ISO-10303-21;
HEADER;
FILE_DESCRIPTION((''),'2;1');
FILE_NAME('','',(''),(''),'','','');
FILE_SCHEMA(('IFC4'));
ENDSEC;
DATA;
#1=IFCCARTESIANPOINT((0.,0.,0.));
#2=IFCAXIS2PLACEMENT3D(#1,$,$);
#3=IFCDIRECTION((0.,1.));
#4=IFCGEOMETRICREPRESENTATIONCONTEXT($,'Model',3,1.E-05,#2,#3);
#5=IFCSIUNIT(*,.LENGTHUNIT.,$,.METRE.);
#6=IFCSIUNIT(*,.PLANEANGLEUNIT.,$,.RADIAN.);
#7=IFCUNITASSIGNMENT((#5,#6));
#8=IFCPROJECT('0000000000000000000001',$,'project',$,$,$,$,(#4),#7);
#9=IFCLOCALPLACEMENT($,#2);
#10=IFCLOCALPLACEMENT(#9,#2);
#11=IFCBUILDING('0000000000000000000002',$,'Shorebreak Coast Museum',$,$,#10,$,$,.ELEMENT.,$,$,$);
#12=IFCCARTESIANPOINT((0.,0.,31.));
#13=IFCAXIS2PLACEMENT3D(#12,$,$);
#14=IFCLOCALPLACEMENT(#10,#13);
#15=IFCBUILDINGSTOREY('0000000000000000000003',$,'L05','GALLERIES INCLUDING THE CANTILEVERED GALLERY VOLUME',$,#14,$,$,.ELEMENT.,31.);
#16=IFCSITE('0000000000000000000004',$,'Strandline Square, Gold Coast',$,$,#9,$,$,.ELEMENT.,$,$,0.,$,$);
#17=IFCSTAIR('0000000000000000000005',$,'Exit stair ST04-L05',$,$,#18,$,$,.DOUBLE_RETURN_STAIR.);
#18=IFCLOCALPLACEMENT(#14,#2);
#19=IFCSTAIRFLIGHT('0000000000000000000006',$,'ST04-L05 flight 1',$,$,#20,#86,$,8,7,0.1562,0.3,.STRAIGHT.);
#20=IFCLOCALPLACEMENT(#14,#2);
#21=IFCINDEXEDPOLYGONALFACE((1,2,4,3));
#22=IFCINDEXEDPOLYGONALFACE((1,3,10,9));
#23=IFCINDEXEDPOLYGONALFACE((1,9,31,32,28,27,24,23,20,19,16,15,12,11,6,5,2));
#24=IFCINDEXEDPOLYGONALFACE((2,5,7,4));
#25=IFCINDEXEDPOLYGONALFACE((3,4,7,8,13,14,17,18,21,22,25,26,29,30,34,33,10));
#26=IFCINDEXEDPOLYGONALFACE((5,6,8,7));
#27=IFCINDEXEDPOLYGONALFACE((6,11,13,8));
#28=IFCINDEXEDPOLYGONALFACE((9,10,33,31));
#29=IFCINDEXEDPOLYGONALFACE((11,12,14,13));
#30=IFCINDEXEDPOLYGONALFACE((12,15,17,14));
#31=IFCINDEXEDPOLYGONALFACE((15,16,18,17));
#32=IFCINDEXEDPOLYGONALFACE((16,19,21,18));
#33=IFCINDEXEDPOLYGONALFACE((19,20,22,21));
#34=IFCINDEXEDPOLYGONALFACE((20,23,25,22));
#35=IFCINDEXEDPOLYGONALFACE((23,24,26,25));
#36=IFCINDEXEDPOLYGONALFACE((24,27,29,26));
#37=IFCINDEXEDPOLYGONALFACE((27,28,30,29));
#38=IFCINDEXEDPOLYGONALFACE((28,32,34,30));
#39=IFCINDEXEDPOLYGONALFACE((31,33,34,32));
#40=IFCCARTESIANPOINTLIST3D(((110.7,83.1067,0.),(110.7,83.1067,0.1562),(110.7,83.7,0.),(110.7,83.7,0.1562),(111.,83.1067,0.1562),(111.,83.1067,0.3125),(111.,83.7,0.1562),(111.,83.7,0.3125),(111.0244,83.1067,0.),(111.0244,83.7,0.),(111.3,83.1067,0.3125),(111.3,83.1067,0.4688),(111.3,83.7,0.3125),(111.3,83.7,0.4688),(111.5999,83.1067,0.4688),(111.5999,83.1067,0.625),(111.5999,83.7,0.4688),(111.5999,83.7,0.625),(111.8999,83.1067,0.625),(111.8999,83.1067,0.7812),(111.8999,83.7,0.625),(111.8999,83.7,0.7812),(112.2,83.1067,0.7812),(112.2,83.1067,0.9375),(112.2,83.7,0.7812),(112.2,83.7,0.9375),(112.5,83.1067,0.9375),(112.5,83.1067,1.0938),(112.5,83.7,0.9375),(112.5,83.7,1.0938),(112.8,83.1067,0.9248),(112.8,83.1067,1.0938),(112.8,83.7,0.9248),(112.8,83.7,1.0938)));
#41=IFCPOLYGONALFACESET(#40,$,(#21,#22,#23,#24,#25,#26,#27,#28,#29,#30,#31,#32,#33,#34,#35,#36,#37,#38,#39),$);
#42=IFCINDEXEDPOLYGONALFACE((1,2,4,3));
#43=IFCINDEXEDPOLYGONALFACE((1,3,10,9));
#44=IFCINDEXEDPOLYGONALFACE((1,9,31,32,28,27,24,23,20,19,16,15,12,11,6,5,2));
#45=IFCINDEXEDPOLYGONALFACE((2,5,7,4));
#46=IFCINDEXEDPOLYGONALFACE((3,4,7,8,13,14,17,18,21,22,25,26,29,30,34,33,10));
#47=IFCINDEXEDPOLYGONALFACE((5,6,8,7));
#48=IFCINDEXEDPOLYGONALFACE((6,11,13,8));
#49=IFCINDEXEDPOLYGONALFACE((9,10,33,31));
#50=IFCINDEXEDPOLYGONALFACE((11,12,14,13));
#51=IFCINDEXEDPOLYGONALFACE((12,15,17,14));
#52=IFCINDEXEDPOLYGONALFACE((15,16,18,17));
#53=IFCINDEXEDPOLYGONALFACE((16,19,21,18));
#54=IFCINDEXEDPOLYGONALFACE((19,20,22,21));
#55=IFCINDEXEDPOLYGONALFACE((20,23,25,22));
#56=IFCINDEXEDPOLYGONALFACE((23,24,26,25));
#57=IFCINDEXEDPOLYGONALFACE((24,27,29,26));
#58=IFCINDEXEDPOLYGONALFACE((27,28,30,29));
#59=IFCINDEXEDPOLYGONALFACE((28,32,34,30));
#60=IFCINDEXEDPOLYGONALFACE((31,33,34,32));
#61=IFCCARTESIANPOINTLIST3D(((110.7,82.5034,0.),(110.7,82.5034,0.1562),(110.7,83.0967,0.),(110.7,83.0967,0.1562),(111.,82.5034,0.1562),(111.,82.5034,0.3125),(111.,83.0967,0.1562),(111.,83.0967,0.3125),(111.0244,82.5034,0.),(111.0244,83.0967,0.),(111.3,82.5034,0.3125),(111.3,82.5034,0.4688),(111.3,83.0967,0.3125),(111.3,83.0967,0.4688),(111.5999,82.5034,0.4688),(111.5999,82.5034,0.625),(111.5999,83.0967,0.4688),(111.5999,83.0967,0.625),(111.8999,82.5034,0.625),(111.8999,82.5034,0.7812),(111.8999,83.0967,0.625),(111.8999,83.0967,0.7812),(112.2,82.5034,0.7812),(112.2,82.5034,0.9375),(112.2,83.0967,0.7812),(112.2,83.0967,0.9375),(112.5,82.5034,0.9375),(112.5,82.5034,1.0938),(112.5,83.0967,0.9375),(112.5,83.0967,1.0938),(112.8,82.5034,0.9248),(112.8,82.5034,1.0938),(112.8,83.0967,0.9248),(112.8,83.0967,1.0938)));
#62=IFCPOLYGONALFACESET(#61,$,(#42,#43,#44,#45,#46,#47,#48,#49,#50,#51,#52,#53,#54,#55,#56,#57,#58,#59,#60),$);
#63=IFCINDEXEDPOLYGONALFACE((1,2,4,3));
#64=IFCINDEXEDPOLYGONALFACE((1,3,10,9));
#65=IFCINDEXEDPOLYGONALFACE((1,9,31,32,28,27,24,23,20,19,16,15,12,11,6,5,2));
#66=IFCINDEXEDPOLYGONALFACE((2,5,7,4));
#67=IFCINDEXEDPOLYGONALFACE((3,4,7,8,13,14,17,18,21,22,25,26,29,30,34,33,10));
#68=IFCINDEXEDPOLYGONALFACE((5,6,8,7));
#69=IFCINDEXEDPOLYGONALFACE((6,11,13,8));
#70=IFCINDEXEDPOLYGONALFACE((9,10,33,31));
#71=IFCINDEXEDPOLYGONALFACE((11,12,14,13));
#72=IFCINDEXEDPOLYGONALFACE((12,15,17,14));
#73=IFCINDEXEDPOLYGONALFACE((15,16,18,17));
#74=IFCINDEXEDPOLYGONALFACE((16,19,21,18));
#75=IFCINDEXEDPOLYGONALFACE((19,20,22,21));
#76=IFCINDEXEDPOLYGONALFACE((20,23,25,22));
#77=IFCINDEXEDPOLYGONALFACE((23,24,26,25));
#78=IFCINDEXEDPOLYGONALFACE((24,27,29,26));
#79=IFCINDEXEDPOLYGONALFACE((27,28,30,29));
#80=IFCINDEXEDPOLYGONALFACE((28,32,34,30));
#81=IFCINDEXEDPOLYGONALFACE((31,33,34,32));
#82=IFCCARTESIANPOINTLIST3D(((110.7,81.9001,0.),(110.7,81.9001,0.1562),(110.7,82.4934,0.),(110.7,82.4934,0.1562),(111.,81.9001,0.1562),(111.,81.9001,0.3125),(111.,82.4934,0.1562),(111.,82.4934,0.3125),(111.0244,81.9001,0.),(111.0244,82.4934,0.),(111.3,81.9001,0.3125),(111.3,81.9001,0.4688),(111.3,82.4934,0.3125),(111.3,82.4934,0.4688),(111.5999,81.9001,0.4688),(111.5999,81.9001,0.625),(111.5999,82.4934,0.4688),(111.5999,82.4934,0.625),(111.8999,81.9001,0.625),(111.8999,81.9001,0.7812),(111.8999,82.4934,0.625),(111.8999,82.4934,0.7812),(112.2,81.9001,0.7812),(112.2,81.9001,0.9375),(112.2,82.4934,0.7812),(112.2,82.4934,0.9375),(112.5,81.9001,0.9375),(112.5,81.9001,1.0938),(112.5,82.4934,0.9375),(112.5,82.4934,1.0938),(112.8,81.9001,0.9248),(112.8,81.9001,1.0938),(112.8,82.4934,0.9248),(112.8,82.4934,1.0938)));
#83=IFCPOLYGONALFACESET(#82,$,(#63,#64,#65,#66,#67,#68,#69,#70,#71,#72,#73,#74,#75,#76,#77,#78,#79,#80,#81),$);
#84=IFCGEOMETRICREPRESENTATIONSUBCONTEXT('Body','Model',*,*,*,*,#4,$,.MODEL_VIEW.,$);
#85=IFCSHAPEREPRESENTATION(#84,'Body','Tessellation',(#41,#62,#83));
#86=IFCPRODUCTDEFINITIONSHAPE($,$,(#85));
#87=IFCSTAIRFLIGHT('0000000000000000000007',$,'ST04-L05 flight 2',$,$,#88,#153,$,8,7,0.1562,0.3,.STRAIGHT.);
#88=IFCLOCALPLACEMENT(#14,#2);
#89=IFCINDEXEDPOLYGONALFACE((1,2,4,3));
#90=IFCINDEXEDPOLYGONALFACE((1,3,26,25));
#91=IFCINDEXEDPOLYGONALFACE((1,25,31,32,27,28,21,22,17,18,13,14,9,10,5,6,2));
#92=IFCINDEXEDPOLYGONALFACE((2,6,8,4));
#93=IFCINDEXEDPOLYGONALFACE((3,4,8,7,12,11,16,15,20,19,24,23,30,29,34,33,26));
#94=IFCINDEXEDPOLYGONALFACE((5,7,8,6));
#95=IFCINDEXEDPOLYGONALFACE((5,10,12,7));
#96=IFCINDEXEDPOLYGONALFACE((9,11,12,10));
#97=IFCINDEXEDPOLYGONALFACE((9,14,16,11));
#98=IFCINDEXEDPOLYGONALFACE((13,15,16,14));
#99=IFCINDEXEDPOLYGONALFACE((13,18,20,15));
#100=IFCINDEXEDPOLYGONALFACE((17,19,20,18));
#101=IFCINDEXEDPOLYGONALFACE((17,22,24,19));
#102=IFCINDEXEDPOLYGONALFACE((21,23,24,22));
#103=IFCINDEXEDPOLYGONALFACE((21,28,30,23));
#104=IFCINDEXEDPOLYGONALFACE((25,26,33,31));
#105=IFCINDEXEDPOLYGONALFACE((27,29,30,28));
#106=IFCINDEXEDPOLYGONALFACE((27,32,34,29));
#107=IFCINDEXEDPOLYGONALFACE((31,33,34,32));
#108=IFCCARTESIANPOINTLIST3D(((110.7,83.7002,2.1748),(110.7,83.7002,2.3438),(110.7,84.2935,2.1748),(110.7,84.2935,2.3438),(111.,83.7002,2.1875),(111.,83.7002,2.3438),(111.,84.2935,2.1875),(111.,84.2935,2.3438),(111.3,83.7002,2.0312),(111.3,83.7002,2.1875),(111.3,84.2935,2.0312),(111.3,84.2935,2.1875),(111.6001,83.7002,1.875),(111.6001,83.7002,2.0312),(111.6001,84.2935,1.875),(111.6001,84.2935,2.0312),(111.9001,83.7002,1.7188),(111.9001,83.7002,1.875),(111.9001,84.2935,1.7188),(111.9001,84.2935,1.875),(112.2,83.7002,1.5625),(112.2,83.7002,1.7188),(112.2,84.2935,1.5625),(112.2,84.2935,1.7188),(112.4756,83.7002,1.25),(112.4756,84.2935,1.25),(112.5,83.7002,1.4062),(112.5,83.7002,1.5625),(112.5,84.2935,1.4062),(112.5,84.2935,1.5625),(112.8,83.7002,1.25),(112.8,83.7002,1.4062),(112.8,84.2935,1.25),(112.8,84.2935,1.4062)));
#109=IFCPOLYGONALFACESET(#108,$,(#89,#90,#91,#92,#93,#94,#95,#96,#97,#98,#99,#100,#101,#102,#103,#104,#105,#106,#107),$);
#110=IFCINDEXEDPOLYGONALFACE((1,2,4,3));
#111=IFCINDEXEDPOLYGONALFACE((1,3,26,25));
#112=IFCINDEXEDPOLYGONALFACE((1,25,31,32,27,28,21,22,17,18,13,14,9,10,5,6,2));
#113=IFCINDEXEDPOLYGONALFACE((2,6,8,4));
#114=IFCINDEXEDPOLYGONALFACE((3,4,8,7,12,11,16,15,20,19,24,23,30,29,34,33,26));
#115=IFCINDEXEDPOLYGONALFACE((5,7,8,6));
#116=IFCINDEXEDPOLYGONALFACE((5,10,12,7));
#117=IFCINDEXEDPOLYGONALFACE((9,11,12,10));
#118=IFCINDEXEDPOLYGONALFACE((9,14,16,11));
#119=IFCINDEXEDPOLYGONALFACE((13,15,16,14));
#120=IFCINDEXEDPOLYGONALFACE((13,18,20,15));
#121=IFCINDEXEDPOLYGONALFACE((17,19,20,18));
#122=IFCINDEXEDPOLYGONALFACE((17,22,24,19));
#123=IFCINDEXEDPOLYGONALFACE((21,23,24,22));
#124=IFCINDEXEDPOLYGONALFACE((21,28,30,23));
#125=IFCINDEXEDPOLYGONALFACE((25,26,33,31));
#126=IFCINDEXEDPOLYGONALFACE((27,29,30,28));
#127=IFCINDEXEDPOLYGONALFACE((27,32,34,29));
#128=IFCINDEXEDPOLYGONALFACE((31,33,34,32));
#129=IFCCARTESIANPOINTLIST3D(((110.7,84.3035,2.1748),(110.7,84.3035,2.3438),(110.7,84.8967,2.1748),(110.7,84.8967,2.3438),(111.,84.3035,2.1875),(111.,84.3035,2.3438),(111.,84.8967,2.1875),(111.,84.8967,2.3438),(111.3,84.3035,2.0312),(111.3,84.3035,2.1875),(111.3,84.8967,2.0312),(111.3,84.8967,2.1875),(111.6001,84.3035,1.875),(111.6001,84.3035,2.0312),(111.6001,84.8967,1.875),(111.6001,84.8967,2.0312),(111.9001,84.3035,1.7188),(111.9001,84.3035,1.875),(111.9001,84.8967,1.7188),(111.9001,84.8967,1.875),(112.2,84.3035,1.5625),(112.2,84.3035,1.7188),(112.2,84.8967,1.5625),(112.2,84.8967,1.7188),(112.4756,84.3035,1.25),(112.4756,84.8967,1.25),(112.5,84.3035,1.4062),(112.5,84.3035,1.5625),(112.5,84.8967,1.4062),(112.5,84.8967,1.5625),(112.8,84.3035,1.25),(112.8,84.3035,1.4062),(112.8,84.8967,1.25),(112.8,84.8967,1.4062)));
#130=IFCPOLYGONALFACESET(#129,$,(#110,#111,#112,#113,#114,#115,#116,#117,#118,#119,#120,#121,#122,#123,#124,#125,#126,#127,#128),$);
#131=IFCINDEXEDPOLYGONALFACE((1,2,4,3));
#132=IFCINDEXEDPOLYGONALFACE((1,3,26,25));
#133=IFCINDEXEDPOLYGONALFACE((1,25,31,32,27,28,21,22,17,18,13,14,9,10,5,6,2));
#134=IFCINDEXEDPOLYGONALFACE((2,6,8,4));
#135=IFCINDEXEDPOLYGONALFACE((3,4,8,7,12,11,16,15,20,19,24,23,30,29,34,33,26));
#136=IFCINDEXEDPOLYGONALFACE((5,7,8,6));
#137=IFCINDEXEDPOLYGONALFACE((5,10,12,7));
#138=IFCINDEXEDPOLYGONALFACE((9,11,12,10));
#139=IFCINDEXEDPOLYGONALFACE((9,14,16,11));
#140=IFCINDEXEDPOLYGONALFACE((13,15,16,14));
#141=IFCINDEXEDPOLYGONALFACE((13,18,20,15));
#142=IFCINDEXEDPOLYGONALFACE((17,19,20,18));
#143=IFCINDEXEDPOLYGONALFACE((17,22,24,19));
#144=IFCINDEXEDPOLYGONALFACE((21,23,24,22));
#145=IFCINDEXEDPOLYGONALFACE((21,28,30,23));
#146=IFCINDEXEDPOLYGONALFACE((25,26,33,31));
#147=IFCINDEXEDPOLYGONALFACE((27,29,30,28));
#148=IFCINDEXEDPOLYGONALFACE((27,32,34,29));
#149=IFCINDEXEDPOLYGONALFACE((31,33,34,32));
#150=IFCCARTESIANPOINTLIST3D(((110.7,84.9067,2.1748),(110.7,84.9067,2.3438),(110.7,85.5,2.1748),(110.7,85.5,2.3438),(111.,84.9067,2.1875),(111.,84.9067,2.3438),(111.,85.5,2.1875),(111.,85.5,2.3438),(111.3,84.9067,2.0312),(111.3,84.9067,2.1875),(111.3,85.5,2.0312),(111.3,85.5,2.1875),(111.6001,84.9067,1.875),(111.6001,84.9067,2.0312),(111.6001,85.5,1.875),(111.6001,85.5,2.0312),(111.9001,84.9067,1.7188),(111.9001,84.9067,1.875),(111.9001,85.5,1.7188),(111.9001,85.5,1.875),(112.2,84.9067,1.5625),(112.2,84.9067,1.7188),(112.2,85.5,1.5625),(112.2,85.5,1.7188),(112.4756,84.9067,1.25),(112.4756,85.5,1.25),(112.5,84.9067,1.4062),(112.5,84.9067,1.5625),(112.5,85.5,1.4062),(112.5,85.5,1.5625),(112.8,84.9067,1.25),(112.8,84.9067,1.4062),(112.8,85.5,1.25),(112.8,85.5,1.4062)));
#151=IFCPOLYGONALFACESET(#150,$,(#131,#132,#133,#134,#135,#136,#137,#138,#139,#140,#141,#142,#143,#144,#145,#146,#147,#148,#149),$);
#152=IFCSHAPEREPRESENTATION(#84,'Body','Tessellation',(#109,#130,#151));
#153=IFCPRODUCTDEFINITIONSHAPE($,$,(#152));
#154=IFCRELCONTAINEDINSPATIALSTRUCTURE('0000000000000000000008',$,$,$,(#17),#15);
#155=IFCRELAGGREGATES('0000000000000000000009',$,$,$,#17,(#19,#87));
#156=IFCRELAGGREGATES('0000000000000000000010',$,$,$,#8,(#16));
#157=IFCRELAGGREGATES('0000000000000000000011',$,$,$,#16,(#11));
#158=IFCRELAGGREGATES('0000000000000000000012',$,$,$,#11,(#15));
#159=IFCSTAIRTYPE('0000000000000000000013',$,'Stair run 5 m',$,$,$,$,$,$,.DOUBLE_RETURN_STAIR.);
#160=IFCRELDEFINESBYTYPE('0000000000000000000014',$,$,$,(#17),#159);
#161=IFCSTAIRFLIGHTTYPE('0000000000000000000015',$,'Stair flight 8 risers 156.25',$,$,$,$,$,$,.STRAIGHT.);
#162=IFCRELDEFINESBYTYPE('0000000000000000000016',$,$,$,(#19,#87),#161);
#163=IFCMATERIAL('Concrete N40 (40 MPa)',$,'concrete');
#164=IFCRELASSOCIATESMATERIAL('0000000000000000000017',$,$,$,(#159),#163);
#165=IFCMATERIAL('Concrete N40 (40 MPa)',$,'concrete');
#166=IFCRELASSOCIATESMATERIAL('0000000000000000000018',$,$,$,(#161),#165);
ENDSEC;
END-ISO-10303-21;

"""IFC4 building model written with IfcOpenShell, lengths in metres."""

from ifc_helpers import new_model, si_unit, direction, frame, origin, place, context, subcontext, project, spatial, polyline, outline, extrude, material, type_object, element, aggregate, save


model = new_model("IFC4")

# Units and contexts
model_context = context("Model", 3, precision=1e-05, world=origin(), true_north=direction((0.0, 1.0)))
body_context = subcontext(model_context, "Body", "Model", "MODEL_VIEW")
ifc_project = project(units=[si_unit("LENGTHUNIT", "METRE"), si_unit("PLANEANGLEUNIT", "RADIAN")], contexts=[model_context])

# Site, building, storey
site_placement = place(None, origin())
site = spatial("IfcSite", under=ifc_project, at=site_placement, Name="Strandline Square, Gold Coast", CompositionType="ELEMENT", RefElevation=0.0)
building_placement = place(site_placement, origin())
building = spatial("IfcBuilding", under=site, at=building_placement, Name="Shorebreak Coast Museum", CompositionType="ELEMENT")
storey_placement = place(building_placement, frame((0.0, 0.0, 31.0)))
storey = spatial("IfcBuildingStorey", under=building, at=storey_placement, Name="L05", Description="GALLERIES INCLUDING THE CANTILEVERED GALLERY VOLUME", CompositionType="ELEMENT", Elevation=31.0)

# Stair, stair flights
ifc_material_1 = material(Name="Concrete N40 (40 MPa)", Category="concrete")
stair_type = type_object("IfcStairType", Name="Stair run 5 m", PredefinedType="DOUBLE_RETURN_STAIR", material=ifc_material_1)
stair_placement = place(storey_placement, origin())
stair = element("IfcStair", 1, at=stair_placement, inside=storey, type_object=stair_type, Name="Exit stair ST04-L05", PredefinedType="DOUBLE_RETURN_STAIR")
ifc_material_2 = material(Name="Concrete N40 (40 MPa)", Category="concrete")
stair_flight_type = type_object("IfcStairFlightType", Name="Stair flight 8 risers 156.25", PredefinedType="STRAIGHT", material=ifc_material_2)
stair_flight_1_placement = place(storey_placement, frame((110.7, 82.8, 0.0), z_axis=(0.0, 0.0, 1.0), x_axis=(1.0, 0.0, 0.0)))
stair_flight_1 = element("IfcStairFlight", 2, at=stair_flight_1_placement, type_object=stair_flight_type, Name="ST04-L05 flight 1", NumberOfRisers=8, NumberOfTreads=7, PredefinedType="STRAIGHT", RiserHeight=0.1562, TreadLength=0.3, context=body_context, shape_type="SweptSolid", body=[
    extrude(outline(polyline([(0.0, 0.0), (0.0, 0.1562), (0.3, 0.1562), (0.3, 0.3125), (0.6001, 0.3125), (0.6001, 0.4688), (0.8999, 0.4688), (0.8999, 0.625), (1.2, 0.625), (1.2, 0.7812), (1.5, 0.7812), (1.5, 0.9375), (1.8, 0.9375), (1.8, 1.0938), (2.1001, 1.0938), (2.1001, 1.25), (2.1001, 0.9248), (0.3245, 0.0), (0.0, 0.0)])), frame((0.0, 0.8999, 0.0), z_axis=(0.0, -1.0, 0.0), x_axis=(1.0, 0.0, 0.0)), (0.0, 0.0, 1.0), 0.5933),
    extrude(outline(polyline([(0.0, 0.0), (0.0, 0.1562), (0.3, 0.1562), (0.3, 0.3125), (0.6001, 0.3125), (0.6001, 0.4688), (0.8999, 0.4688), (0.8999, 0.625), (1.2, 0.625), (1.2, 0.7812), (1.5, 0.7812), (1.5, 0.9375), (1.8, 0.9375), (1.8, 1.0938), (2.1001, 1.0938), (2.1001, 1.25), (2.1001, 0.9248), (0.3245, 0.0), (0.0, 0.0)])), frame((0.0, 0.2966, 0.0), z_axis=(0.0, -1.0, 0.0), x_axis=(1.0, 0.0, 0.0)), (0.0, 0.0, 1.0), 0.5933),
    extrude(outline(polyline([(0.0, 0.0), (0.0, 0.1562), (0.3, 0.1562), (0.3, 0.3125), (0.6001, 0.3125), (0.6001, 0.4688), (0.8999, 0.4688), (0.8999, 0.625), (1.2, 0.625), (1.2, 0.7812), (1.5, 0.7812), (1.5, 0.9375), (1.8, 0.9375), (1.8, 1.0938), (2.1001, 1.0938), (2.1001, 1.25), (2.1001, 0.9248), (0.3245, 0.0), (0.0, 0.0)])), frame((0.0, -0.3066, 0.0), z_axis=(0.0, -1.0, 0.0), x_axis=(1.0, 0.0, 0.0)), (0.0, 0.0, 1.0), 0.5933),
])
stair_flight_2_placement = place(storey_placement, frame((112.8, 84.6001, 1.25), z_axis=(0.0, 0.0, 1.0), x_axis=(-1.0, 0.0, 0.0)))
stair_flight_2 = element("IfcStairFlight", 3, at=stair_flight_2_placement, type_object=stair_flight_type, Name="ST04-L05 flight 2", NumberOfRisers=8, NumberOfTreads=7, PredefinedType="STRAIGHT", RiserHeight=0.1562, TreadLength=0.3, context=body_context, shape_type="SweptSolid", body=[
    extrude(outline(polyline([(0.0, 0.0), (0.0, 0.1562), (0.3, 0.1562), (0.3, 0.3125), (0.6001, 0.3125), (0.6001, 0.4688), (0.8999, 0.4688), (0.8999, 0.625), (1.2, 0.625), (1.2, 0.7812), (1.5, 0.7812), (1.5, 0.9375), (1.8, 0.9375), (1.8, 1.0938), (2.1001, 1.0938), (2.1001, 1.25), (2.1001, 0.9248), (0.3245, 0.0), (0.0, 0.0)])), frame((0.0, 0.8999, 0.0), z_axis=(0.0, -1.0, 0.0), x_axis=(1.0, 0.0, 0.0)), (0.0, 0.0, 1.0), 0.5933),
    extrude(outline(polyline([(0.0, 0.0), (0.0, 0.1562), (0.3, 0.1562), (0.3, 0.3125), (0.6001, 0.3125), (0.6001, 0.4688), (0.8999, 0.4688), (0.8999, 0.625), (1.2, 0.625), (1.2, 0.7812), (1.5, 0.7812), (1.5, 0.9375), (1.8, 0.9375), (1.8, 1.0938), (2.1001, 1.0938), (2.1001, 1.25), (2.1001, 0.9248), (0.3245, 0.0), (0.0, 0.0)])), frame((0.0, 0.2966, 0.0), z_axis=(0.0, -1.0, 0.0), x_axis=(1.0, 0.0, 0.0)), (0.0, 0.0, 1.0), 0.5933),
    extrude(outline(polyline([(0.0, 0.0), (0.0, 0.1562), (0.3, 0.1562), (0.3, 0.3125), (0.6001, 0.3125), (0.6001, 0.4688), (0.8999, 0.4688), (0.8999, 0.625), (1.2, 0.625), (1.2, 0.7812), (1.5, 0.7812), (1.5, 0.9375), (1.8, 0.9375), (1.8, 1.0938), (2.1001, 1.0938), (2.1001, 1.25), (2.1001, 0.9248), (0.3245, 0.0), (0.0, 0.0)])), frame((0.0, -0.3066, 0.0), z_axis=(0.0, -1.0, 0.0), x_axis=(1.0, 0.0, 0.0)), (0.0, 0.0, 1.0), 0.5933),
])
aggregate(stair, [stair_flight_1, stair_flight_2])

save(model, "model.ifc")
